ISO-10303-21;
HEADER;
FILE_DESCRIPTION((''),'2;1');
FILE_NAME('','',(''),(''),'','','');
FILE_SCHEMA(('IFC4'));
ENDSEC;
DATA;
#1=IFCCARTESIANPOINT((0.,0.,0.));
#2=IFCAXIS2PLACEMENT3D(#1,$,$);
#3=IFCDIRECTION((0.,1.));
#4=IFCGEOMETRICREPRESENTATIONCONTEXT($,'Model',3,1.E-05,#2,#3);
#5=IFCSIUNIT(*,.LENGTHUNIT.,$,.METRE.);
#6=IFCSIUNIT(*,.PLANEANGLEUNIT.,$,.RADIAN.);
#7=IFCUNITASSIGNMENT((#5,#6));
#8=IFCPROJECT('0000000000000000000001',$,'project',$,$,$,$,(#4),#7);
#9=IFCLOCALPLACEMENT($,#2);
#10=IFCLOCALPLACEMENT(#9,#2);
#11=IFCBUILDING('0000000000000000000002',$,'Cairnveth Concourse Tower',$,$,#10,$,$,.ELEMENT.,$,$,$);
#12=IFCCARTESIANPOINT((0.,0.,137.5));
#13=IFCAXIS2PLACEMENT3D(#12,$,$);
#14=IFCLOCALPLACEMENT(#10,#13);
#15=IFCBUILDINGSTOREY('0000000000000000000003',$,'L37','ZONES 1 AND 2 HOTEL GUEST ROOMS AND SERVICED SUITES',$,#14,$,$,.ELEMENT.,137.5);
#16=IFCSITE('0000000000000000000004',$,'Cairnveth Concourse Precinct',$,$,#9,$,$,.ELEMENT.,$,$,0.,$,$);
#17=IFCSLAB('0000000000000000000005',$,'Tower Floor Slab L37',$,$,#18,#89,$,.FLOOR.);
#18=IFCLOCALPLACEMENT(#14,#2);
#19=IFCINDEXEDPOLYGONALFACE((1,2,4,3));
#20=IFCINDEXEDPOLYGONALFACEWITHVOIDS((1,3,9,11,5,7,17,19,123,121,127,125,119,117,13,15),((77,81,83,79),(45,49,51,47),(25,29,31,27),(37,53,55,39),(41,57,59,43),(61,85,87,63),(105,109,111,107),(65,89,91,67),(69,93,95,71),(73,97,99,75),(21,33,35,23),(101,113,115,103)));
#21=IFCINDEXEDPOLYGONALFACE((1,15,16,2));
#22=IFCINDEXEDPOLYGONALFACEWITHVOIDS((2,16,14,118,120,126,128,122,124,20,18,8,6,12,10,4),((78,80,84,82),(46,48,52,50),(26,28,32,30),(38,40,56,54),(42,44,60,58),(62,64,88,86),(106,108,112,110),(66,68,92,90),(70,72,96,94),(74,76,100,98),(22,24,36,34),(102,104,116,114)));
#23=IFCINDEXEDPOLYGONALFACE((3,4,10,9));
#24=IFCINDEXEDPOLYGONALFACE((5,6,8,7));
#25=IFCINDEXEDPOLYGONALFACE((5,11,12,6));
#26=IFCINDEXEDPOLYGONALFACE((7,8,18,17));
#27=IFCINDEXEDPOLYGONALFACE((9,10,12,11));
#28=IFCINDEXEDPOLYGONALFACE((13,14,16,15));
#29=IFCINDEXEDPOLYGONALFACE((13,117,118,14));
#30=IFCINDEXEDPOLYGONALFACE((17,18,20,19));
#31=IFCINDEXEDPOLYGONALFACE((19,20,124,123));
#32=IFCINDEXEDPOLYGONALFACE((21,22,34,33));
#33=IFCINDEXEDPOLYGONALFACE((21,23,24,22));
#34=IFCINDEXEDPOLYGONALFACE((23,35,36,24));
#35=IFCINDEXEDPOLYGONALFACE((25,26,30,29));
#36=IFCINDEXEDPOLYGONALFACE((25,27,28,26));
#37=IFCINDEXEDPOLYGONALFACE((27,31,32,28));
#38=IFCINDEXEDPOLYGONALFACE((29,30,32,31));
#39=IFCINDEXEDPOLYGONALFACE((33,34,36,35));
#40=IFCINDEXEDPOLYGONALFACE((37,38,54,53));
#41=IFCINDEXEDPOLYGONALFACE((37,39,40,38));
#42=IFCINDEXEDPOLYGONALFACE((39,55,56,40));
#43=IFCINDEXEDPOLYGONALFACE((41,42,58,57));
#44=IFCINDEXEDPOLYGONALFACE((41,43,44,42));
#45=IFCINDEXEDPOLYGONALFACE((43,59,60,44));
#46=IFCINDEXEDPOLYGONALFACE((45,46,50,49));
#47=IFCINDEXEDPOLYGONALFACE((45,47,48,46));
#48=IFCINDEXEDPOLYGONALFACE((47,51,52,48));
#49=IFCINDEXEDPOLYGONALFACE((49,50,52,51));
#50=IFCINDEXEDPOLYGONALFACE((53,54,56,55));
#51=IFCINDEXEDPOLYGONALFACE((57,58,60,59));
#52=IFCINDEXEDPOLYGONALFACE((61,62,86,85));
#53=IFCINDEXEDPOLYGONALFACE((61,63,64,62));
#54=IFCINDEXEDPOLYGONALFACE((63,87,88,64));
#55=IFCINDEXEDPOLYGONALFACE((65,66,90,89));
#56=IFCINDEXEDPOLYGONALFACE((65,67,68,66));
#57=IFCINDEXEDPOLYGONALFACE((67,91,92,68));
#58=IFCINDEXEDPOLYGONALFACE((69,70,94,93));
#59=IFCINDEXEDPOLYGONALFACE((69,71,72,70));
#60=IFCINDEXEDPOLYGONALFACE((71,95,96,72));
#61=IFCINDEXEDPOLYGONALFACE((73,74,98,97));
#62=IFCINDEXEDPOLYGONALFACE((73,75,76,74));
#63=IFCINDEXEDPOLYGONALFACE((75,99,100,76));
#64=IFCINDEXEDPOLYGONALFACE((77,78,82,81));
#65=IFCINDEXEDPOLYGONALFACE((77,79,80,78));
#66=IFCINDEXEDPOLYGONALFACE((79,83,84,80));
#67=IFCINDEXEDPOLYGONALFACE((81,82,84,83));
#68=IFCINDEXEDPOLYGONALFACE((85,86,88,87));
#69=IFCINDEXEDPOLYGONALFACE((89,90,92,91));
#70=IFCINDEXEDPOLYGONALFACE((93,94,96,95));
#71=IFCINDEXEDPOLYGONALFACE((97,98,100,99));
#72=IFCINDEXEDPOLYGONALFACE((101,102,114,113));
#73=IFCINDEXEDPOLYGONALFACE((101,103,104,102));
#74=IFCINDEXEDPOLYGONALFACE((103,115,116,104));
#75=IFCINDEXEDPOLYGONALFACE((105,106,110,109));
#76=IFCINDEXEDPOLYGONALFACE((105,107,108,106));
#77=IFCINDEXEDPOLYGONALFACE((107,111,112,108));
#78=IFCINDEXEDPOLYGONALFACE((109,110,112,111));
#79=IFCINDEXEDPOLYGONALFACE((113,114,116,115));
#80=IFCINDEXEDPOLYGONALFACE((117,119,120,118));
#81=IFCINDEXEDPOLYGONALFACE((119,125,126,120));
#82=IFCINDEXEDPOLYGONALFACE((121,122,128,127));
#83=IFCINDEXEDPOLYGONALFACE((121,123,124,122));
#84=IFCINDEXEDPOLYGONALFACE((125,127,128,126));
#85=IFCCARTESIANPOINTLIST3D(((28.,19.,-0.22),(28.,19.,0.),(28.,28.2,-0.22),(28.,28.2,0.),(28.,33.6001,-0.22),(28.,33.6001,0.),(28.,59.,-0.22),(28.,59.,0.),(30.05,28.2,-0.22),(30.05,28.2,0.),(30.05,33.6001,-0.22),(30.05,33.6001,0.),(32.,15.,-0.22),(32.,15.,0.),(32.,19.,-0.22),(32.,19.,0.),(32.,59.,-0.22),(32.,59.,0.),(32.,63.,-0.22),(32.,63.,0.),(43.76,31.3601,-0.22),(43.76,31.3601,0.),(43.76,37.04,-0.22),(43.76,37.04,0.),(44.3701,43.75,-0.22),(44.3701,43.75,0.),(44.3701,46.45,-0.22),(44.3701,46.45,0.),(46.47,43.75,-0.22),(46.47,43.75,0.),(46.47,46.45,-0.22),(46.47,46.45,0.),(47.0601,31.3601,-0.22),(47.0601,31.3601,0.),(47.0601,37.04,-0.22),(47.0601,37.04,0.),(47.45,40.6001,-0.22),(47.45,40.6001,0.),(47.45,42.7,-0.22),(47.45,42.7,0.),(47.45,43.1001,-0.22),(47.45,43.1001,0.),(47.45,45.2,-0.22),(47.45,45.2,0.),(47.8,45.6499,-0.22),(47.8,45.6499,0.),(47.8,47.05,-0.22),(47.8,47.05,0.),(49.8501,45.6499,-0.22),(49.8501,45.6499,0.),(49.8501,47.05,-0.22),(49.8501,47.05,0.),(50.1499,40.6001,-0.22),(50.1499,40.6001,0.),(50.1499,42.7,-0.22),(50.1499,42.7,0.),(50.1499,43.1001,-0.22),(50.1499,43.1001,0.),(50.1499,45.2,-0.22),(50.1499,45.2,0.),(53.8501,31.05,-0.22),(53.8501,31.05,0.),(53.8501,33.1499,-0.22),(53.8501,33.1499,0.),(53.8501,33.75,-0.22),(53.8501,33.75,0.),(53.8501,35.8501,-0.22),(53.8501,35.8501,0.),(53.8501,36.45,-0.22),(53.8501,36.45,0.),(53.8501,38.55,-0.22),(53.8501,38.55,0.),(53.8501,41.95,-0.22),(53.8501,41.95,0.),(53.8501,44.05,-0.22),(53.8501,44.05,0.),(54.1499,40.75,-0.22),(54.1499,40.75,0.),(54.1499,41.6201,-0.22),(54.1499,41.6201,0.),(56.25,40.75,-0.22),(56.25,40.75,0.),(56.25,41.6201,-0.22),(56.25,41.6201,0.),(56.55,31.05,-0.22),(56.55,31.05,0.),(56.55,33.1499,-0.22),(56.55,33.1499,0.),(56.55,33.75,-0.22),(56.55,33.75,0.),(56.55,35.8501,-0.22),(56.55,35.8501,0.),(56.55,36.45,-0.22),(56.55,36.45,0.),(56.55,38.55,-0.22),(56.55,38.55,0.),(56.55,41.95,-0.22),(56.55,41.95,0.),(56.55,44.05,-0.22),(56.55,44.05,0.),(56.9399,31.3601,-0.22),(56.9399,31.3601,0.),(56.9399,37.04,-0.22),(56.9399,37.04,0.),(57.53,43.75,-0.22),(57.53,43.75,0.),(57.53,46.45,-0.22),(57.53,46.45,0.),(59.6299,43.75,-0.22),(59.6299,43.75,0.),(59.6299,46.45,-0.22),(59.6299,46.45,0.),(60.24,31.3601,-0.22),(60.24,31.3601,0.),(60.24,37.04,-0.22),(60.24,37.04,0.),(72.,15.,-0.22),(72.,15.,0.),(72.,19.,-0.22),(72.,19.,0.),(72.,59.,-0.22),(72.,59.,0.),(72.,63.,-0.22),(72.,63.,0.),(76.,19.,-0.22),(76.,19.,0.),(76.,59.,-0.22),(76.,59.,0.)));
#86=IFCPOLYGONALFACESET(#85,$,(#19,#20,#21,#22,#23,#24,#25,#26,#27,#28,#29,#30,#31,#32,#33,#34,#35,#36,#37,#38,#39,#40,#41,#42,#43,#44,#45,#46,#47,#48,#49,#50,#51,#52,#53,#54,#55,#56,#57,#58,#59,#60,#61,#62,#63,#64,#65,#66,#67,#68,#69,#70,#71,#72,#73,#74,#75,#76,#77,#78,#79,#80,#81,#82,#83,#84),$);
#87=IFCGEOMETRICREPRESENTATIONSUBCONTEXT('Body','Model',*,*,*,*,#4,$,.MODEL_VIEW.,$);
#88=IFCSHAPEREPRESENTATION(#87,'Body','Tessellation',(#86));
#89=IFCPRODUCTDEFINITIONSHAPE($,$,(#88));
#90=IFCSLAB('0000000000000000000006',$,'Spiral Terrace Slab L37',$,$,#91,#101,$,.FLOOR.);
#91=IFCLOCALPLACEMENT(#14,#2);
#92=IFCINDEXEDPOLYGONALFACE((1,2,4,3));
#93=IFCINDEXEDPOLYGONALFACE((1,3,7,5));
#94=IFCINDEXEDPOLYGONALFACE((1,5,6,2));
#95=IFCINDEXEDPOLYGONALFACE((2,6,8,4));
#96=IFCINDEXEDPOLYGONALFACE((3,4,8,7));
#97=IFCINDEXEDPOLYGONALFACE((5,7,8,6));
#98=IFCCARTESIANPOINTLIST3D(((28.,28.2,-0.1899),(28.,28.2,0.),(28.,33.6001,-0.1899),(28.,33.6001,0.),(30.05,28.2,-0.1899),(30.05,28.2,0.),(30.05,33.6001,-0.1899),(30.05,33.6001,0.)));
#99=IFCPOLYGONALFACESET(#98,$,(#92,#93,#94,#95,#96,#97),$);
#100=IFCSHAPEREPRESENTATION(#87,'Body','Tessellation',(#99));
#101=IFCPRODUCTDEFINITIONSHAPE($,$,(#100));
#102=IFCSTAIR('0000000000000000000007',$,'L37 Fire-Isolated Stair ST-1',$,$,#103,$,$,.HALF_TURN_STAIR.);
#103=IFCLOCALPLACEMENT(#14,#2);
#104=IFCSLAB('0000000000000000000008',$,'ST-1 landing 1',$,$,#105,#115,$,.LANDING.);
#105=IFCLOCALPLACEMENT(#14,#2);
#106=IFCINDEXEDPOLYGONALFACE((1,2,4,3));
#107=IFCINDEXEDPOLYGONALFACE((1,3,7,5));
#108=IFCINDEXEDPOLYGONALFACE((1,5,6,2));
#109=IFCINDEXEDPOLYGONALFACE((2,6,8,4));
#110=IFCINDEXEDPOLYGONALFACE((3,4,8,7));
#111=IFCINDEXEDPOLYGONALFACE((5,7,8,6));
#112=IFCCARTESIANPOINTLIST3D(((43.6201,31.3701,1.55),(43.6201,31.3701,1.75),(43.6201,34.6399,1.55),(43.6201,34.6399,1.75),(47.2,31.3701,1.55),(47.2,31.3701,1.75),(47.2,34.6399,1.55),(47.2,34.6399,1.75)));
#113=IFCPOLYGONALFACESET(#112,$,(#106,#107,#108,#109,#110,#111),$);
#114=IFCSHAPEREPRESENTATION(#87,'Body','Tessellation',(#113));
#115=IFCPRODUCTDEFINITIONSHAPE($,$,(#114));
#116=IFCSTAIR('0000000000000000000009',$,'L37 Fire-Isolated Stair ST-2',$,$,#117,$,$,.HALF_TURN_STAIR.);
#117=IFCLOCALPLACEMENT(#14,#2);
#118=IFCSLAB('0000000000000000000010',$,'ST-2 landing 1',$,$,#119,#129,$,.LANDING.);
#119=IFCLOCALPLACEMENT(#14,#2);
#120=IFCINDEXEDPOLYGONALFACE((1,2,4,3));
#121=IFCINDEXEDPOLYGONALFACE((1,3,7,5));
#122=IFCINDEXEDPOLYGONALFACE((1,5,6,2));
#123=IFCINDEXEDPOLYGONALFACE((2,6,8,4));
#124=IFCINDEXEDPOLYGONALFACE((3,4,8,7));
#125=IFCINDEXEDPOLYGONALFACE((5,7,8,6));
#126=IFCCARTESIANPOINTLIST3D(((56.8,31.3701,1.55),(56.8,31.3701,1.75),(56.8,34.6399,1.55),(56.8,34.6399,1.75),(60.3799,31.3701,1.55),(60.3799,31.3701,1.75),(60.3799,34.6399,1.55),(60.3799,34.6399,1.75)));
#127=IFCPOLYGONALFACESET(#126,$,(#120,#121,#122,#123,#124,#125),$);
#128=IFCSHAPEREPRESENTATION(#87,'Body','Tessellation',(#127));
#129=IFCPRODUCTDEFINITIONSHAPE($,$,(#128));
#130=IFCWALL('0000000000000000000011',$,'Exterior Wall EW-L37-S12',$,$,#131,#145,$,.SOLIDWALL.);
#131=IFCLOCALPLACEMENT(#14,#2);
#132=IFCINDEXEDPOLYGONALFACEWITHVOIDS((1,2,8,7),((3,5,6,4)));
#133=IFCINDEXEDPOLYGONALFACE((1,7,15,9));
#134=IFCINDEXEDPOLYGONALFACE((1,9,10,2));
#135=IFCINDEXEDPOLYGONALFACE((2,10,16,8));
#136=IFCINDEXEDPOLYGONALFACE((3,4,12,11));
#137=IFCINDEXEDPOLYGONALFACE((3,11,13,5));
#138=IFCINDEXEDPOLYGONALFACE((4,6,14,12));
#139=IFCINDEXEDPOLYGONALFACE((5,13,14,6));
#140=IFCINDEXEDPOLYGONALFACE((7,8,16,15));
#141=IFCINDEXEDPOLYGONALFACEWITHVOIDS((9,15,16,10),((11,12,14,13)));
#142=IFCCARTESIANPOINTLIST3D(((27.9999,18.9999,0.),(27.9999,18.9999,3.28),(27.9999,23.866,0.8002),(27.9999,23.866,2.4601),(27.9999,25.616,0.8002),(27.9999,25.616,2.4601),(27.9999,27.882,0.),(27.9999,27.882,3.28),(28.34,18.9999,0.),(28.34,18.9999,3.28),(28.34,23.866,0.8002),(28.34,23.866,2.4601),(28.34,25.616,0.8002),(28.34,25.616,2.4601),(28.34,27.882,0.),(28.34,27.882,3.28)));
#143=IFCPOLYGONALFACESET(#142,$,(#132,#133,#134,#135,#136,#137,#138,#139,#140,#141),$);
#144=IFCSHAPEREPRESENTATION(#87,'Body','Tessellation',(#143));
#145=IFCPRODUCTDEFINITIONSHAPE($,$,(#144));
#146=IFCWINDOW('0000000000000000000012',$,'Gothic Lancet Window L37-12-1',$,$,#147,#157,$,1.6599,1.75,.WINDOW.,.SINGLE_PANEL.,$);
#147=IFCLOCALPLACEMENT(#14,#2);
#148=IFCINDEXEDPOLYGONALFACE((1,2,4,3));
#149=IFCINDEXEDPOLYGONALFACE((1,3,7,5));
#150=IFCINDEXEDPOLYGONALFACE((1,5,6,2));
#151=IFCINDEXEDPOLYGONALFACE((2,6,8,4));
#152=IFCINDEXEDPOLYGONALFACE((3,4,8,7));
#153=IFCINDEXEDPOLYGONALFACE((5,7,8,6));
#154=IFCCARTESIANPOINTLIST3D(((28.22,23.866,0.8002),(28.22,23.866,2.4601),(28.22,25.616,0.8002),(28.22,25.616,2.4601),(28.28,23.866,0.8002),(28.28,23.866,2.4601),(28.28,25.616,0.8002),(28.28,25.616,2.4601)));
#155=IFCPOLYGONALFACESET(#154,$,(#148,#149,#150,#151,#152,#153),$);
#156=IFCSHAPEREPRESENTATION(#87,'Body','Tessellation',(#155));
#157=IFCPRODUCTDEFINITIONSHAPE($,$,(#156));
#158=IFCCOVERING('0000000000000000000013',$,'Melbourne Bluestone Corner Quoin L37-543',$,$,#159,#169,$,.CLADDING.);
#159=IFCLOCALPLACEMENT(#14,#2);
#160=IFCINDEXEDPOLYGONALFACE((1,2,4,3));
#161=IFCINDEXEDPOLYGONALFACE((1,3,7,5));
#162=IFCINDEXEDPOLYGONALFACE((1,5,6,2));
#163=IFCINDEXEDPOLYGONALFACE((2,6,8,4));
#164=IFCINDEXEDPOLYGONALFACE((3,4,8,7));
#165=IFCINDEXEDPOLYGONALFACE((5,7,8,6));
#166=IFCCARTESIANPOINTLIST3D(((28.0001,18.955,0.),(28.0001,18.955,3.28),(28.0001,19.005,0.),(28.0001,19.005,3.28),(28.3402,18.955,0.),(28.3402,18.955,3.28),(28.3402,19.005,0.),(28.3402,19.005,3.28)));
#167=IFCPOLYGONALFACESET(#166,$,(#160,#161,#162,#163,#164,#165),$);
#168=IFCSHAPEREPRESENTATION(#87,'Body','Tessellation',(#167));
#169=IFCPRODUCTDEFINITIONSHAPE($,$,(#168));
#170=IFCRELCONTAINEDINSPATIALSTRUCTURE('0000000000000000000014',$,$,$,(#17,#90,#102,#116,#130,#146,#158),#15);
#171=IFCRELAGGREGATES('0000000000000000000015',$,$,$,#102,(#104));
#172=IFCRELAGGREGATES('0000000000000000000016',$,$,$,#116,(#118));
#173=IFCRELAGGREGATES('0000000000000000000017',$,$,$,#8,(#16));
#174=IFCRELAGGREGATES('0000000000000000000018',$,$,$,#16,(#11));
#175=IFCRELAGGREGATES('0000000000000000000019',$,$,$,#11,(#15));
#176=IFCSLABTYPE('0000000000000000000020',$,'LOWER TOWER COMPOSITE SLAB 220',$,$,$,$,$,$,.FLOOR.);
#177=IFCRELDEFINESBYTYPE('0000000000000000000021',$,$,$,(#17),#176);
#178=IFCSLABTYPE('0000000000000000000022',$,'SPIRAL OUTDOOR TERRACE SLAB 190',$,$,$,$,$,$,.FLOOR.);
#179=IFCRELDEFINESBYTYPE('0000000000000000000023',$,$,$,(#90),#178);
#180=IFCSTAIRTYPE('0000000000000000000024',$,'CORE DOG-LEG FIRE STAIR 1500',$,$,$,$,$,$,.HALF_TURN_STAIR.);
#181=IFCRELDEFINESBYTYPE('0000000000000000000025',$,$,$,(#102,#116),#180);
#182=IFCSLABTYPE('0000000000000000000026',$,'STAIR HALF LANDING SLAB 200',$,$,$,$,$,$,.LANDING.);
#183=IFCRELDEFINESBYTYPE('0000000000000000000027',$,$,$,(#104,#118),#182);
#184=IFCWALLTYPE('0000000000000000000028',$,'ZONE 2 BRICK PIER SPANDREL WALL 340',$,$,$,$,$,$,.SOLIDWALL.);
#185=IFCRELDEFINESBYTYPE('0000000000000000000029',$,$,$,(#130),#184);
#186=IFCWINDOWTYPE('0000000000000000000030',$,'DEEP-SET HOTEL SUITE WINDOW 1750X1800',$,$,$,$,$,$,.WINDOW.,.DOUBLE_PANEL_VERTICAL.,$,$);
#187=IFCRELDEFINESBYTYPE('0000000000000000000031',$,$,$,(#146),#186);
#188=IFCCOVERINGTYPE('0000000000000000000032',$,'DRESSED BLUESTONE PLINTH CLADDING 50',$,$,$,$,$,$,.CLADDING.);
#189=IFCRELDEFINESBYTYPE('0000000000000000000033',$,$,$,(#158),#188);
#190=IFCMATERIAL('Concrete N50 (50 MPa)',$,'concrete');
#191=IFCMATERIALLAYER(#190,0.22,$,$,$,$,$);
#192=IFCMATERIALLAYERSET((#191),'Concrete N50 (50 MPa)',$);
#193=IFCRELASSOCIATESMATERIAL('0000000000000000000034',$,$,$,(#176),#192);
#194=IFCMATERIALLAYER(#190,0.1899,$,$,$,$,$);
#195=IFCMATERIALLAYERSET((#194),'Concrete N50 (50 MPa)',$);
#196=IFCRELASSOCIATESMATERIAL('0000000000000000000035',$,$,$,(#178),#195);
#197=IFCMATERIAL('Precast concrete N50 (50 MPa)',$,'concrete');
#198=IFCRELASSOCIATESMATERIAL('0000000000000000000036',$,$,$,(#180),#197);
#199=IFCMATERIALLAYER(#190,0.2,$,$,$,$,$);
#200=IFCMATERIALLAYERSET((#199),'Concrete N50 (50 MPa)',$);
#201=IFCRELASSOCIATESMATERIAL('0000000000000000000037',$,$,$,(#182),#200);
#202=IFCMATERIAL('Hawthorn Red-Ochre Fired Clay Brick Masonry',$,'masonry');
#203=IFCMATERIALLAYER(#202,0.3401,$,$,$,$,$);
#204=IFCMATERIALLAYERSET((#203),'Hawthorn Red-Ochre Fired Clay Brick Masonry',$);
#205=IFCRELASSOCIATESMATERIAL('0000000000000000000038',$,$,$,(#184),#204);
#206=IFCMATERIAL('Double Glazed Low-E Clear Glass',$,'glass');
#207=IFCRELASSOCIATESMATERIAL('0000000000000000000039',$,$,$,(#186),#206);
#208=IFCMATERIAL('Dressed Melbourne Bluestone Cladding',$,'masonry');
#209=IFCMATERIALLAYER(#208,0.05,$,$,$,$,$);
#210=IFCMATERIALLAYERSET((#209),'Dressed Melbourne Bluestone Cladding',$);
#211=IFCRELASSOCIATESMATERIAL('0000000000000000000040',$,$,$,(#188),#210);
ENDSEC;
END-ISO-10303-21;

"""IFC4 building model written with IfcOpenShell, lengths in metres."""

from ifc_helpers import new_model, si_unit, direction, frame, frame_2d, origin, place, context, subcontext, project, spatial, polyline, rectangle, outline, extrude, material, layer, layer_set, type_object, element, fill, aggregate, save


model = new_model("IFC4")

# Units and contexts
model_context = context("Model", 3, precision=1e-05, world=origin(), true_north=direction((0.0, 1.0)))
body_context = subcontext(model_context, "Body", "Model", "MODEL_VIEW")
ifc_project = project(units=[si_unit("LENGTHUNIT", "METRE"), si_unit("PLANEANGLEUNIT", "RADIAN")], contexts=[model_context])

# Site, building, storey
site_placement = place(None, origin())
site = spatial("IfcSite", under=ifc_project, at=site_placement, Name="Cairnveth Concourse Precinct", CompositionType="ELEMENT", RefElevation=0.0)
building_placement = place(site_placement, origin())
building = spatial("IfcBuilding", under=site, at=building_placement, Name="Cairnveth Concourse Tower", CompositionType="ELEMENT")
storey_placement = place(building_placement, frame((0.0, 0.0, 137.5)))
storey = spatial("IfcBuildingStorey", under=building, at=storey_placement, Name="L37", Description="ZONES 1 AND 2 HOTEL GUEST ROOMS AND SERVICED SUITES", CompositionType="ELEMENT", Elevation=137.5)

# Slabs
ifc_material_1 = material(Name="Concrete N50 (50 MPa)", Category="concrete")
ifc_layer_1 = layer(ifc_material_1, 0.22)
ifc_layer_set_1 = layer_set([ifc_layer_1], Name="Concrete N50 (50 MPa)")
slab_type_1 = type_object("IfcSlabType", Name="LOWER TOWER COMPOSITE SLAB 220", PredefinedType="FLOOR", material=ifc_layer_set_1)
slab_1_placement = place(storey_placement, frame((0.0, 0.0, -0.22)))
element("IfcSlab", 1, at=slab_1_placement, inside=storey, type_object=slab_type_1, Name="Tower Floor Slab L37", PredefinedType="FLOOR", context=body_context, shape_type="SweptSolid", body=[
    extrude(outline(polyline([(28.0, 33.6001), (30.05, 33.6001), (30.05, 28.2), (28.0, 28.2), (28.0, 19.0), (32.0, 19.0), (32.0, 15.0), (72.0, 15.0), (72.0, 19.0), (76.0, 19.0), (76.0, 59.0), (72.0, 59.0), (72.0, 63.0), (32.0, 63.0), (32.0, 59.0), (28.0, 59.0), (28.0, 33.6001)]), holes=[polyline([(43.76, 31.3601), (47.0601, 31.3601), (47.0601, 37.04), (43.76, 37.04), (43.76, 31.3601)]), polyline([(56.9399, 31.3601), (60.24, 31.3601), (60.24, 37.04), (56.9399, 37.04), (56.9399, 31.3601)]), polyline([(44.3701, 43.75), (46.47, 43.75), (46.47, 46.45), (44.3701, 46.45), (44.3701, 43.75)]), polyline([(57.53, 43.75), (59.6299, 43.75), (59.6299, 46.45), (57.53, 46.45), (57.53, 43.75)]), polyline([(53.8501, 31.05), (56.55, 31.05), (56.55, 33.1499), (53.8501, 33.1499), (53.8501, 31.05)]), polyline([(53.8501, 33.75), (56.55, 33.75), (56.55, 35.8501), (53.8501, 35.8501), (53.8501, 33.75)]), polyline([(53.8501, 36.45), (56.55, 36.45), (56.55, 38.55), (53.8501, 38.55), (53.8501, 36.45)]), polyline([(47.45, 40.6001), (50.1499, 40.6001), (50.1499, 42.7), (47.45, 42.7), (47.45, 40.6001)]), polyline([(47.45, 43.1001), (50.1499, 43.1001), (50.1499, 45.2), (47.45, 45.2), (47.45, 43.1001)]), polyline([(53.8501, 41.95), (56.55, 41.95), (56.55, 44.05), (53.8501, 44.05), (53.8501, 41.95)]), polyline([(47.8, 45.6499), (49.8501, 45.6499), (49.8501, 47.05), (47.8, 47.05), (47.8, 45.6499)]), polyline([(54.1499, 40.75), (56.25, 40.75), (56.25, 41.6201), (54.1499, 41.6201), (54.1499, 40.75)])]), origin(), (0.0, 0.0, 1.0), 0.22),
])
ifc_layer_2 = layer(ifc_material_1, 0.1899)
ifc_layer_set_2 = layer_set([ifc_layer_2], Name="Concrete N50 (50 MPa)")
slab_type_2 = type_object("IfcSlabType", Name="SPIRAL OUTDOOR TERRACE SLAB 190", PredefinedType="FLOOR", material=ifc_layer_set_2)
slab_2_placement = place(storey_placement, frame((0.0, 0.0, -0.1899)))
element("IfcSlab", 2, at=slab_2_placement, inside=storey, type_object=slab_type_2, Name="Spiral Terrace Slab L37", PredefinedType="FLOOR", context=body_context, shape_type="SweptSolid", body=[
    extrude(outline(polyline([(28.0, 28.2), (30.05, 28.2), (30.05, 33.6001), (28.0, 33.6001), (28.0, 28.2)])), origin(), (0.0, 0.0, 1.0), 0.1899),
])

# Stairs, slabs
ifc_material_2 = material(Name="Precast concrete N50 (50 MPa)", Category="concrete")
stair_type = type_object("IfcStairType", Name="CORE DOG-LEG FIRE STAIR 1500", PredefinedType="HALF_TURN_STAIR", material=ifc_material_2)
stair_1_placement = place(storey_placement, origin())
stair_1 = element("IfcStair", 3, at=stair_1_placement, inside=storey, type_object=stair_type, Name="L37 Fire-Isolated Stair ST-1", PredefinedType="HALF_TURN_STAIR")
ifc_layer_3 = layer(ifc_material_1, 0.2)
ifc_layer_set_3 = layer_set([ifc_layer_3], Name="Concrete N50 (50 MPa)")
slab_type_3 = type_object("IfcSlabType", Name="STAIR HALF LANDING SLAB 200", PredefinedType="LANDING", material=ifc_layer_set_3)
slab_3_placement = place(storey_placement, frame((0.0, 0.0, 1.55)))
slab_3 = element("IfcSlab", 4, at=slab_3_placement, type_object=slab_type_3, Name="ST-1 landing 1", PredefinedType="LANDING", context=body_context, shape_type="SweptSolid", body=[
    extrude(outline(polyline([(43.6201, 34.6399), (43.6201, 31.3701), (47.2, 31.3701), (47.2, 34.6399), (43.6201, 34.6399)])), origin(), (0.0, 0.0, 1.0), 0.2),
])
aggregate(stair_1, [slab_3])
stair_2_placement = place(storey_placement, origin())
stair_2 = element("IfcStair", 5, at=stair_2_placement, inside=storey, type_object=stair_type, Name="L37 Fire-Isolated Stair ST-2", PredefinedType="HALF_TURN_STAIR")
slab_4_placement = place(storey_placement, frame((0.0, 0.0, 1.55)))
slab_4 = element("IfcSlab", 6, at=slab_4_placement, type_object=slab_type_3, Name="ST-2 landing 1", PredefinedType="LANDING", context=body_context, shape_type="SweptSolid", body=[
    extrude(outline(polyline([(56.8, 34.6399), (56.8, 31.3701), (60.3799, 31.3701), (60.3799, 34.6399), (56.8, 34.6399)])), origin(), (0.0, 0.0, 1.0), 0.2),
])
aggregate(stair_2, [slab_4])

# Wall, opening, window
ifc_material_3 = material(Name="Hawthorn Red-Ochre Fired Clay Brick Masonry", Category="masonry")
ifc_layer_4 = layer(ifc_material_3, 0.3401)
ifc_layer_set_4 = layer_set([ifc_layer_4], Name="Hawthorn Red-Ochre Fired Clay Brick Masonry")
wall_type = type_object("IfcWallType", Name="ZONE 2 BRICK PIER SPANDREL WALL 340", PredefinedType="SOLIDWALL", material=ifc_layer_set_4)
wall_placement = place(storey_placement, frame((28.1699, 19.0, 0.0), z_axis=(0.0, 0.0, 1.0), x_axis=(0.0, 1.0, 0.0)))
wall = element("IfcWall", 7, at=wall_placement, inside=storey, type_object=wall_type, Name="Exterior Wall EW-L37-S12", PredefinedType="SOLIDWALL", context=body_context, shape_type="SweptSolid", body=[
    extrude(rectangle(XDim=8.8821, YDim=0.3401, at=frame_2d((4.4409, 0.0))), origin(), (0.0, 0.0, 1.0), 3.28),
])
opening_placement = place(wall_placement, frame((4.866, 0.0, 0.8)))
opening = element("IfcOpeningElement", 8, at=opening_placement, cuts=wall, PredefinedType="OPENING", context=body_context, shape_type="SweptSolid", body=[
    extrude(rectangle(XDim=1.75, YDim=1.6599, at=frame_2d((0.875, 0.8301))), frame((0.0, 0.1799, 0.0), z_axis=(0.0, -1.0, 0.0), x_axis=(1.0, 0.0, 0.0)), (0.0, 0.0, 1.0), 0.3601),
])
ifc_material_4 = material(Name="Double Glazed Low-E Clear Glass", Category="glass")
window_type = type_object("IfcWindowType", Name="DEEP-SET HOTEL SUITE WINDOW 1750X1800", PartitioningType="DOUBLE_PANEL_VERTICAL", PredefinedType="WINDOW", material=ifc_material_4)
window_placement = place(opening_placement, origin())
window = element("IfcWindow", 9, at=window_placement, inside=storey, type_object=window_type, Name="Gothic Lancet Window L37-12-1", OverallHeight=1.6599, OverallWidth=1.75, PartitioningType="SINGLE_PANEL", PredefinedType="WINDOW", context=body_context, shape_type="SweptSolid", body=[
    extrude(rectangle(XDim=1.75, YDim=1.6599, at=frame_2d((0.875, 0.8301))), frame((0.0, -0.05, 0.0), z_axis=(0.0, -1.0, 0.0), x_axis=(1.0, 0.0, 0.0)), (0.0, 0.0, 1.0), 0.0601),
])
fill(opening, window)

# Covering
ifc_material_5 = material(Name="Dressed Melbourne Bluestone Cladding", Category="masonry")
ifc_layer_5 = layer(ifc_material_5, 0.05)
ifc_layer_set_5 = layer_set([ifc_layer_5], Name="Dressed Melbourne Bluestone Cladding")
covering_type = type_object("IfcCoveringType", Name="DRESSED BLUESTONE PLINTH CLADDING 50", PredefinedType="CLADDING", material=ifc_layer_set_5)
covering_placement = place(storey_placement, frame((28.3401, 18.98, 0.0), z_axis=(0.0, 0.0, 1.0), x_axis=(-1.0, 0.0, 0.0)))
element("IfcCovering", 10, at=covering_placement, inside=storey, type_object=covering_type, Name="Melbourne Bluestone Corner Quoin L37-543", PredefinedType="CLADDING", context=body_context, shape_type="SweptSolid", body=[
    extrude(rectangle(XDim=0.3401, YDim=0.05, at=frame_2d((0.1699, 0.0))), origin(), (0.0, 0.0, 1.0), 3.28),
])

save(model, "model.ifc")
